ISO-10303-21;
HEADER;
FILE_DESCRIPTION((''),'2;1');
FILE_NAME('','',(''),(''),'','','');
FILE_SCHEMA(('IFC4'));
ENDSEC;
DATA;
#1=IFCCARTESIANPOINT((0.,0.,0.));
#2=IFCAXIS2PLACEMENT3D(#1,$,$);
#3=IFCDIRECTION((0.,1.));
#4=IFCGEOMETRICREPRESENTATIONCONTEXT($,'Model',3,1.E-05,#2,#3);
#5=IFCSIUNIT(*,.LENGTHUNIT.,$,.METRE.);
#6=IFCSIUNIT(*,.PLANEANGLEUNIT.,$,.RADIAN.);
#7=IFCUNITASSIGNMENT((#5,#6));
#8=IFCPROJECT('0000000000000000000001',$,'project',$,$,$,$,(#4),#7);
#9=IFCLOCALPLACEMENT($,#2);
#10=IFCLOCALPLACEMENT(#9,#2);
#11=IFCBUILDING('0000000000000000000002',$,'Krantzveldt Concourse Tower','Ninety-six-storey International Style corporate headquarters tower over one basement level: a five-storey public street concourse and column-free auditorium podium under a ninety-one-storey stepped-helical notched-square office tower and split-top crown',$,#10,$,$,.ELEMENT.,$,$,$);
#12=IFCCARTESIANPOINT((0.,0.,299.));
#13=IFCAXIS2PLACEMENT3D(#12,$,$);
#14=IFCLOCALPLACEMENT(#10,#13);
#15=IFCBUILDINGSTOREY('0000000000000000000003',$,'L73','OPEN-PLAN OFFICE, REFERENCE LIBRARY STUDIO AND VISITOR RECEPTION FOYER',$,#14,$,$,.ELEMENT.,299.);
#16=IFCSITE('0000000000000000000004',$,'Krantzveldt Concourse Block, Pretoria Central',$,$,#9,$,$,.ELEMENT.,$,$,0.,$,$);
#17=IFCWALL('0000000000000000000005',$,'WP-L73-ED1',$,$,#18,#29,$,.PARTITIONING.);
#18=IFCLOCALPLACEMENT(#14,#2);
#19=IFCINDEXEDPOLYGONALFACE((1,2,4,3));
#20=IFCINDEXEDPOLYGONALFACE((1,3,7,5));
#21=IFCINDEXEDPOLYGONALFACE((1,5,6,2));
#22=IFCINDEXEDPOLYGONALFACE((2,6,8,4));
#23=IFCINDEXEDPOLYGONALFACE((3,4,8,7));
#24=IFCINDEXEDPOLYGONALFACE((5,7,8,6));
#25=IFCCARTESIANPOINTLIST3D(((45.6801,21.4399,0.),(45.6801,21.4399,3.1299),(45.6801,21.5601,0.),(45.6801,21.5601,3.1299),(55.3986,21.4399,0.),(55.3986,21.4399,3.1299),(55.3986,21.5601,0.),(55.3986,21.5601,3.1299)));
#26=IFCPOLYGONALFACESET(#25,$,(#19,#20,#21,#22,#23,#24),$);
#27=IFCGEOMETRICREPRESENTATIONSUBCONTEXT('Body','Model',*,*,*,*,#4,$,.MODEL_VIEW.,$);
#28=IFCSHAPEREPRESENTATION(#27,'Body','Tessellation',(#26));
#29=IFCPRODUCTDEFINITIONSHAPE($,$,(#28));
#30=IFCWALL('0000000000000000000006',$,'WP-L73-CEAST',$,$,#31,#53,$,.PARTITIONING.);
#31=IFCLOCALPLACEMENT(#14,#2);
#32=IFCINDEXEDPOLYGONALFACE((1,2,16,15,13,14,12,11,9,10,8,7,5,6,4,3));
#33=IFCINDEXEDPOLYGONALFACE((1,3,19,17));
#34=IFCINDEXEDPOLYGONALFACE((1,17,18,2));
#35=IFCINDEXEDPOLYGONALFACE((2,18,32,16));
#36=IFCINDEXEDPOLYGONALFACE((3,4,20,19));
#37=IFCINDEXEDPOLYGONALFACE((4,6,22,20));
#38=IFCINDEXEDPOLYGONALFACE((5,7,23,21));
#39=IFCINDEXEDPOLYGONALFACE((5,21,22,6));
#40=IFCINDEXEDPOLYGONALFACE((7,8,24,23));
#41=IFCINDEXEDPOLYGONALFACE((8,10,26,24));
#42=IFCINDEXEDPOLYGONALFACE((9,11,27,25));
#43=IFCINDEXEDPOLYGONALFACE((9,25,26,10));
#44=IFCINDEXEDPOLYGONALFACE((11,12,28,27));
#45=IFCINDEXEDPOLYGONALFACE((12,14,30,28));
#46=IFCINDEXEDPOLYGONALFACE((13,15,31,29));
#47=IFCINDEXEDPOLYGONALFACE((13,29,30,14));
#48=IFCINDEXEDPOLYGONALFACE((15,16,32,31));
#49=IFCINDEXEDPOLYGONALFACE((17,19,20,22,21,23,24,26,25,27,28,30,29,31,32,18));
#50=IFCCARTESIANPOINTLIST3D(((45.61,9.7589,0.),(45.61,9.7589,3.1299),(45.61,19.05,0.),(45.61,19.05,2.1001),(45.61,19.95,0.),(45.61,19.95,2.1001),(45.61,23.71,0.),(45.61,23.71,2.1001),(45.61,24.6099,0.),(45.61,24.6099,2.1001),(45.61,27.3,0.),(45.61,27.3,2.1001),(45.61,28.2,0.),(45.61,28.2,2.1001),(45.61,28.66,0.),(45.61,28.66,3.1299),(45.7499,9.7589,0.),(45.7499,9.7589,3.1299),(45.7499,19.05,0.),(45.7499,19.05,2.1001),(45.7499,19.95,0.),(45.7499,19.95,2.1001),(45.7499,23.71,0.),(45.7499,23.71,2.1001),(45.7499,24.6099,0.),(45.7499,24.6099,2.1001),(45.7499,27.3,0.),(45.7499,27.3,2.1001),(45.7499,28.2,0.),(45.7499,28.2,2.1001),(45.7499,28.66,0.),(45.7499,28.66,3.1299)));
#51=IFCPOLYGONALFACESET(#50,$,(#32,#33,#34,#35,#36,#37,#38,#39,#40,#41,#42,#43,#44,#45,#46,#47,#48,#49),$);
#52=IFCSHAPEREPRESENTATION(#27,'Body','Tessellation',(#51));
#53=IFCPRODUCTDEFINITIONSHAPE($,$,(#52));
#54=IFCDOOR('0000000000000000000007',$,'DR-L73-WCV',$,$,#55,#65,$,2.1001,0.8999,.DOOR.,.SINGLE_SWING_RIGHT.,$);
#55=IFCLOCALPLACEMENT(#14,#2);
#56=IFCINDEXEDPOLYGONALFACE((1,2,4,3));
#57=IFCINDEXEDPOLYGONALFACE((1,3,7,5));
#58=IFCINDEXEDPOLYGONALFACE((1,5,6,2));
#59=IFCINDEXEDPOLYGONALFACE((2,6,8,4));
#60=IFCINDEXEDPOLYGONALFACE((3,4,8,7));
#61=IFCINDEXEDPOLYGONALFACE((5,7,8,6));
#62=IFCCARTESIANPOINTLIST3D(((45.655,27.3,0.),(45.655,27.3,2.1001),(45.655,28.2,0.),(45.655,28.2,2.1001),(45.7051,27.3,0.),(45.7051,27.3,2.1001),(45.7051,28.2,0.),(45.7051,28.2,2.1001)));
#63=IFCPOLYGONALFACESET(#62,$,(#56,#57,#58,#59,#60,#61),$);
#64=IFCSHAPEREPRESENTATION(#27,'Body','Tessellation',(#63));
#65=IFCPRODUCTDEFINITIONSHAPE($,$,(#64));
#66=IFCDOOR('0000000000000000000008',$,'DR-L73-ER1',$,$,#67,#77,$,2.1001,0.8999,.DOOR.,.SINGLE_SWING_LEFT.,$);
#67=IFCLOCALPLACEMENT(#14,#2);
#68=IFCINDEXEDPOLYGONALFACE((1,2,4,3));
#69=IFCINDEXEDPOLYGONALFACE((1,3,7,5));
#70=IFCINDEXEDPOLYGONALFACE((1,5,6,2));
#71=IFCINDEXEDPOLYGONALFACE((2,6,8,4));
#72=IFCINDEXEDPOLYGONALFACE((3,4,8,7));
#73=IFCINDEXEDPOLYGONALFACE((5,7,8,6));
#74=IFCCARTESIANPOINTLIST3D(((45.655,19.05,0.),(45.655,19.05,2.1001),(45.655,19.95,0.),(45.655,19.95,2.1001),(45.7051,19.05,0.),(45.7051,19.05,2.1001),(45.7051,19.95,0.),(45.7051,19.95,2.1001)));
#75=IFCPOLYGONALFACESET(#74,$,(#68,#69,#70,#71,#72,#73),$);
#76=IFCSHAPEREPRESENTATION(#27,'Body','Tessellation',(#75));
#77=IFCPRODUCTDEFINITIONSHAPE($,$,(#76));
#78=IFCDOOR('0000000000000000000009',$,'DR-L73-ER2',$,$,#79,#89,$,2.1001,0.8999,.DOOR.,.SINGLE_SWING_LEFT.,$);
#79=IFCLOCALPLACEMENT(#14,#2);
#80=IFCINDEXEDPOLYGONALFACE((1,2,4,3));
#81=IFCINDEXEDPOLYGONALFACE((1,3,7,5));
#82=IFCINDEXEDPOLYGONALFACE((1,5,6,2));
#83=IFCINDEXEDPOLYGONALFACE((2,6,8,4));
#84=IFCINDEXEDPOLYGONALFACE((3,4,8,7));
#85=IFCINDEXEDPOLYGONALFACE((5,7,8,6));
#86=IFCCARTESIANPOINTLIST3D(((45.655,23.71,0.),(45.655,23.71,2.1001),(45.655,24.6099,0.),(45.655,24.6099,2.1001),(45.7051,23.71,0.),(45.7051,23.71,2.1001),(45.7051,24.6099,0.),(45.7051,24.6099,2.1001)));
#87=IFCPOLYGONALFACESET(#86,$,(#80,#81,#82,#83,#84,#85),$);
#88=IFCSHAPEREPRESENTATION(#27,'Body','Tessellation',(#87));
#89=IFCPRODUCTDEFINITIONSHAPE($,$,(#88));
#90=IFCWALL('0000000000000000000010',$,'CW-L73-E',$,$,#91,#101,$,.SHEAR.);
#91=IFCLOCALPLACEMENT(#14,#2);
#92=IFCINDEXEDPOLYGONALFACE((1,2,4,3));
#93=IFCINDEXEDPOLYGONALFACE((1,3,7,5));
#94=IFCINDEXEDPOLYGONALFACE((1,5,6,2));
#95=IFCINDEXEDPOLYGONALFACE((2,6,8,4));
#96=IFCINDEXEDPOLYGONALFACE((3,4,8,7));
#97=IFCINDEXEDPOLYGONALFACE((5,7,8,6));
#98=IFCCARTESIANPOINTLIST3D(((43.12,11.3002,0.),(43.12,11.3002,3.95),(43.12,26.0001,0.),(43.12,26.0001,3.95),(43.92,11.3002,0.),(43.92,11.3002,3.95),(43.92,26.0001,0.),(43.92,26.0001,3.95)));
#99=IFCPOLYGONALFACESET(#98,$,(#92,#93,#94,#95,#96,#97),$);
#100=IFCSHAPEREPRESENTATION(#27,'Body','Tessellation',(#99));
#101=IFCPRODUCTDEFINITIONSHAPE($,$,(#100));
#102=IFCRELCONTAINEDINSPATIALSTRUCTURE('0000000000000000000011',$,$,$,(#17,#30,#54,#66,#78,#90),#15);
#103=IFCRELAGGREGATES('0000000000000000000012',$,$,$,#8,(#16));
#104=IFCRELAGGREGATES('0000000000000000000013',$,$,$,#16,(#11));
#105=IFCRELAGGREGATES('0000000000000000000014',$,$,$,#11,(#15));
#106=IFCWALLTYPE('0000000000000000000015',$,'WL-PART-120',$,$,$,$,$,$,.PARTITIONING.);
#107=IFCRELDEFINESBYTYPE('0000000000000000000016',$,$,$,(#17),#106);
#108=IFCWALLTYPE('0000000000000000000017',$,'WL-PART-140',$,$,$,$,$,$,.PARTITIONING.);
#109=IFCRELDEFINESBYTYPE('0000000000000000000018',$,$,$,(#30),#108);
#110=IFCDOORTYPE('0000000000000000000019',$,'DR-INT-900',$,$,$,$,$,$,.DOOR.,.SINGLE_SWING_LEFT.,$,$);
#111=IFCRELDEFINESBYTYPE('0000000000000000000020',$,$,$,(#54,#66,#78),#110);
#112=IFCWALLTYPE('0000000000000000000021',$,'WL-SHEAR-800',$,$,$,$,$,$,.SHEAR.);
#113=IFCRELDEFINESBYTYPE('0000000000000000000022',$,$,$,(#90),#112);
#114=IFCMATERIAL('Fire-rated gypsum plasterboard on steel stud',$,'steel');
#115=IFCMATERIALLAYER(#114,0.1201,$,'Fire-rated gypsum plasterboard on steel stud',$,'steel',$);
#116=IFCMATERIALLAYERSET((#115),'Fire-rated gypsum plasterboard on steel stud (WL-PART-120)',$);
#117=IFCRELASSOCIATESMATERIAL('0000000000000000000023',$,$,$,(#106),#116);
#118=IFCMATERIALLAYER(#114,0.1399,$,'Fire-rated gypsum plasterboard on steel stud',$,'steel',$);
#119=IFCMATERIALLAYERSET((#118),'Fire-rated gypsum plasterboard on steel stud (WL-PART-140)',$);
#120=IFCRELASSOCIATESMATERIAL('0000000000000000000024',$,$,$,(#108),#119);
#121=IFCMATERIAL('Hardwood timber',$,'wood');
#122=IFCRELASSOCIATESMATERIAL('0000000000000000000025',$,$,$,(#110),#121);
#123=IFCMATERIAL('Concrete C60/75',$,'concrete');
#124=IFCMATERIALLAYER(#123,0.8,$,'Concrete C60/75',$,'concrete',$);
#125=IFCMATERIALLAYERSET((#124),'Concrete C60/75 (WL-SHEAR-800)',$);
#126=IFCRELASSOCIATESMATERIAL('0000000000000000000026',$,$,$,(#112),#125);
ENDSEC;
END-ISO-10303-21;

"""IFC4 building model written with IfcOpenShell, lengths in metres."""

from ifc_helpers import new_model, si_unit, direction, frame, frame_2d, origin, place, context, subcontext, project, spatial, rectangle, extrude, material, layer, layer_set, type_object, element, fill, save


model = new_model("IFC4")

# Units and contexts
model_context = context("Model", 3, precision=1e-05, world=origin(), true_north=direction((0.0, 1.0)))
body_context = subcontext(model_context, "Body", "Model", "MODEL_VIEW")
ifc_project = project(units=[si_unit("LENGTHUNIT", "METRE"), si_unit("PLANEANGLEUNIT", "RADIAN")], contexts=[model_context])

# Site, building, storey
site_placement = place(None, origin())
site = spatial("IfcSite", under=ifc_project, at=site_placement, Name="Krantzveldt Concourse Block, Pretoria Central", CompositionType="ELEMENT", RefElevation=0.0)
building_placement = place(site_placement, origin())
building = spatial("IfcBuilding", under=site, at=building_placement, Name="Krantzveldt Concourse Tower", Description="Ninety-six-storey International Style corporate headquarters tower over one basement level: a five-storey public street concourse and column-free auditorium podium under a ninety-one-storey stepped-helical notched-square office tower and split-top crown", CompositionType="ELEMENT")
storey_placement = place(building_placement, frame((0.0, 0.0, 299.0)))
storey = spatial("IfcBuildingStorey", under=building, at=storey_placement, Name="L73", Description="OPEN-PLAN OFFICE, REFERENCE LIBRARY STUDIO AND VISITOR RECEPTION FOYER", CompositionType="ELEMENT", Elevation=299.0)

# Wall
ifc_material_1 = material(Name="Fire-rated gypsum plasterboard on steel stud", Category="steel")
ifc_layer_1 = layer(ifc_material_1, 0.1201, Name="Fire-rated gypsum plasterboard on steel stud", Category="steel")
ifc_layer_set_1 = layer_set([ifc_layer_1], Name="Fire-rated gypsum plasterboard on steel stud (WL-PART-120)")
wall_type_1 = type_object("IfcWallType", Name="WL-PART-120", PredefinedType="PARTITIONING", material=ifc_layer_set_1)
wall_1_placement = place(storey_placement, frame((45.6799, 21.5, 0.0), z_axis=(0.0, 0.0, 1.0), x_axis=(1.0, 0.0, 0.0)))
element("IfcWall", 1, at=wall_1_placement, inside=storey, type_object=wall_type_1, Name="WP-L73-ED1", PredefinedType="PARTITIONING", context=body_context, shape_type="SweptSolid", body=[
    extrude(rectangle(XDim=9.7185, YDim=0.1201, at=frame_2d((4.8594, 0.0))), origin(), (0.0, 0.0, 1.0), 3.1299),
])

# Wall, openings, doors
ifc_layer_2 = layer(ifc_material_1, 0.1399, Name="Fire-rated gypsum plasterboard on steel stud", Category="steel")
ifc_layer_set_2 = layer_set([ifc_layer_2], Name="Fire-rated gypsum plasterboard on steel stud (WL-PART-140)")
wall_type_2 = type_object("IfcWallType", Name="WL-PART-140", PredefinedType="PARTITIONING", material=ifc_layer_set_2)
wall_2_placement = place(storey_placement, frame((45.6799, 9.7588, 0.0), z_axis=(0.0, 0.0, 1.0), x_axis=(0.0, 1.0, 0.0)))
wall_2 = element("IfcWall", 2, at=wall_2_placement, inside=storey, type_object=wall_type_2, Name="WP-L73-CEAST", PredefinedType="PARTITIONING", context=body_context, shape_type="SweptSolid", body=[
    extrude(rectangle(XDim=18.9011, YDim=0.1399, at=frame_2d((9.4507, 0.0))), origin(), (0.0, 0.0, 1.0), 3.1299),
])
opening_1_placement = place(wall_2_placement, frame((17.5413, 0.0, 0.0)))
opening_1 = element("IfcOpeningElement", 3, at=opening_1_placement, cuts=wall_2, PredefinedType="OPENING", context=body_context, shape_type="SweptSolid", body=[
    extrude(rectangle(XDim=0.8999, YDim=2.1001, at=frame_2d((0.45, 1.05))), frame((0.0, 0.0801, 0.0), z_axis=(0.0, -1.0, 0.0), x_axis=(1.0, 0.0, 0.0)), (0.0, 0.0, 1.0), 0.1599),
])
opening_2_placement = place(wall_2_placement, frame((9.2913, 0.0, 0.0)))
opening_2 = element("IfcOpeningElement", 4, at=opening_2_placement, cuts=wall_2, PredefinedType="OPENING", context=body_context, shape_type="SweptSolid", body=[
    extrude(rectangle(XDim=0.8999, YDim=2.1001, at=frame_2d((0.45, 1.05))), frame((0.0, 0.0801, 0.0), z_axis=(0.0, -1.0, 0.0), x_axis=(1.0, 0.0, 0.0)), (0.0, 0.0, 1.0), 0.1599),
])
opening_3_placement = place(wall_2_placement, frame((13.9512, 0.0, 0.0)))
opening_3 = element("IfcOpeningElement", 5, at=opening_3_placement, cuts=wall_2, PredefinedType="OPENING", context=body_context, shape_type="SweptSolid", body=[
    extrude(rectangle(XDim=0.8999, YDim=2.1001, at=frame_2d((0.45, 1.05))), frame((0.0, 0.0801, 0.0), z_axis=(0.0, -1.0, 0.0), x_axis=(1.0, 0.0, 0.0)), (0.0, 0.0, 1.0), 0.1599),
])
ifc_material_2 = material(Name="Hardwood timber", Category="wood")
door_type = type_object("IfcDoorType", Name="DR-INT-900", OperationType="SINGLE_SWING_LEFT", PredefinedType="DOOR", material=ifc_material_2)
door_1_placement = place(opening_1_placement, origin())
door_1 = element("IfcDoor", 6, at=door_1_placement, inside=storey, type_object=door_type, Name="DR-L73-WCV", OperationType="SINGLE_SWING_RIGHT", OverallHeight=2.1001, OverallWidth=0.8999, PredefinedType="DOOR", context=body_context, shape_type="SweptSolid", body=[
    extrude(rectangle(XDim=0.8999, YDim=2.1001, at=frame_2d((0.45, 1.05))), frame((0.0, 0.0249, 0.0), z_axis=(0.0, -1.0, 0.0), x_axis=(1.0, 0.0, 0.0)), (0.0, 0.0, 1.0), 0.05),
])
fill(opening_1, door_1)
door_2_placement = place(opening_2_placement, origin())
door_2 = element("IfcDoor", 7, at=door_2_placement, inside=storey, type_object=door_type, Name="DR-L73-ER1", OperationType="SINGLE_SWING_LEFT", OverallHeight=2.1001, OverallWidth=0.8999, PredefinedType="DOOR", context=body_context, shape_type="SweptSolid", body=[
    extrude(rectangle(XDim=0.8999, YDim=2.1001, at=frame_2d((0.45, 1.05))), frame((0.0, 0.0249, 0.0), z_axis=(0.0, -1.0, 0.0), x_axis=(1.0, 0.0, 0.0)), (0.0, 0.0, 1.0), 0.05),
])
fill(opening_2, door_2)
door_3_placement = place(opening_3_placement, origin())
door_3 = element("IfcDoor", 8, at=door_3_placement, inside=storey, type_object=door_type, Name="DR-L73-ER2", OperationType="SINGLE_SWING_LEFT", OverallHeight=2.1001, OverallWidth=0.8999, PredefinedType="DOOR", context=body_context, shape_type="SweptSolid", body=[
    extrude(rectangle(XDim=0.8999, YDim=2.1001, at=frame_2d((0.45, 1.05))), frame((0.0, 0.0249, 0.0), z_axis=(0.0, -1.0, 0.0), x_axis=(1.0, 0.0, 0.0)), (0.0, 0.0, 1.0), 0.05),
])
fill(opening_3, door_3)

# Wall
ifc_material_3 = material(Name="Concrete C60/75", Category="concrete")
ifc_layer_3 = layer(ifc_material_3, 0.8, Name="Concrete C60/75", Category="concrete")
ifc_layer_set_3 = layer_set([ifc_layer_3], Name="Concrete C60/75 (WL-SHEAR-800)")
wall_type_3 = type_object("IfcWallType", Name="WL-SHEAR-800", PredefinedType="SHEAR", material=ifc_layer_set_3)
wall_3_placement = place(storey_placement, frame((43.52, 11.3, 0.0), z_axis=(0.0, 0.0, 1.0), x_axis=(0.0, 1.0, 0.0)))
element("IfcWall", 9, at=wall_3_placement, inside=storey, type_object=wall_type_3, Name="CW-L73-E", PredefinedType="SHEAR", context=body_context, shape_type="SweptSolid", body=[
    extrude(rectangle(XDim=14.7, YDim=0.8, at=frame_2d((7.3501, 0.0))), origin(), (0.0, 0.0, 1.0), 3.95),
])

save(model, "model.ifc")
